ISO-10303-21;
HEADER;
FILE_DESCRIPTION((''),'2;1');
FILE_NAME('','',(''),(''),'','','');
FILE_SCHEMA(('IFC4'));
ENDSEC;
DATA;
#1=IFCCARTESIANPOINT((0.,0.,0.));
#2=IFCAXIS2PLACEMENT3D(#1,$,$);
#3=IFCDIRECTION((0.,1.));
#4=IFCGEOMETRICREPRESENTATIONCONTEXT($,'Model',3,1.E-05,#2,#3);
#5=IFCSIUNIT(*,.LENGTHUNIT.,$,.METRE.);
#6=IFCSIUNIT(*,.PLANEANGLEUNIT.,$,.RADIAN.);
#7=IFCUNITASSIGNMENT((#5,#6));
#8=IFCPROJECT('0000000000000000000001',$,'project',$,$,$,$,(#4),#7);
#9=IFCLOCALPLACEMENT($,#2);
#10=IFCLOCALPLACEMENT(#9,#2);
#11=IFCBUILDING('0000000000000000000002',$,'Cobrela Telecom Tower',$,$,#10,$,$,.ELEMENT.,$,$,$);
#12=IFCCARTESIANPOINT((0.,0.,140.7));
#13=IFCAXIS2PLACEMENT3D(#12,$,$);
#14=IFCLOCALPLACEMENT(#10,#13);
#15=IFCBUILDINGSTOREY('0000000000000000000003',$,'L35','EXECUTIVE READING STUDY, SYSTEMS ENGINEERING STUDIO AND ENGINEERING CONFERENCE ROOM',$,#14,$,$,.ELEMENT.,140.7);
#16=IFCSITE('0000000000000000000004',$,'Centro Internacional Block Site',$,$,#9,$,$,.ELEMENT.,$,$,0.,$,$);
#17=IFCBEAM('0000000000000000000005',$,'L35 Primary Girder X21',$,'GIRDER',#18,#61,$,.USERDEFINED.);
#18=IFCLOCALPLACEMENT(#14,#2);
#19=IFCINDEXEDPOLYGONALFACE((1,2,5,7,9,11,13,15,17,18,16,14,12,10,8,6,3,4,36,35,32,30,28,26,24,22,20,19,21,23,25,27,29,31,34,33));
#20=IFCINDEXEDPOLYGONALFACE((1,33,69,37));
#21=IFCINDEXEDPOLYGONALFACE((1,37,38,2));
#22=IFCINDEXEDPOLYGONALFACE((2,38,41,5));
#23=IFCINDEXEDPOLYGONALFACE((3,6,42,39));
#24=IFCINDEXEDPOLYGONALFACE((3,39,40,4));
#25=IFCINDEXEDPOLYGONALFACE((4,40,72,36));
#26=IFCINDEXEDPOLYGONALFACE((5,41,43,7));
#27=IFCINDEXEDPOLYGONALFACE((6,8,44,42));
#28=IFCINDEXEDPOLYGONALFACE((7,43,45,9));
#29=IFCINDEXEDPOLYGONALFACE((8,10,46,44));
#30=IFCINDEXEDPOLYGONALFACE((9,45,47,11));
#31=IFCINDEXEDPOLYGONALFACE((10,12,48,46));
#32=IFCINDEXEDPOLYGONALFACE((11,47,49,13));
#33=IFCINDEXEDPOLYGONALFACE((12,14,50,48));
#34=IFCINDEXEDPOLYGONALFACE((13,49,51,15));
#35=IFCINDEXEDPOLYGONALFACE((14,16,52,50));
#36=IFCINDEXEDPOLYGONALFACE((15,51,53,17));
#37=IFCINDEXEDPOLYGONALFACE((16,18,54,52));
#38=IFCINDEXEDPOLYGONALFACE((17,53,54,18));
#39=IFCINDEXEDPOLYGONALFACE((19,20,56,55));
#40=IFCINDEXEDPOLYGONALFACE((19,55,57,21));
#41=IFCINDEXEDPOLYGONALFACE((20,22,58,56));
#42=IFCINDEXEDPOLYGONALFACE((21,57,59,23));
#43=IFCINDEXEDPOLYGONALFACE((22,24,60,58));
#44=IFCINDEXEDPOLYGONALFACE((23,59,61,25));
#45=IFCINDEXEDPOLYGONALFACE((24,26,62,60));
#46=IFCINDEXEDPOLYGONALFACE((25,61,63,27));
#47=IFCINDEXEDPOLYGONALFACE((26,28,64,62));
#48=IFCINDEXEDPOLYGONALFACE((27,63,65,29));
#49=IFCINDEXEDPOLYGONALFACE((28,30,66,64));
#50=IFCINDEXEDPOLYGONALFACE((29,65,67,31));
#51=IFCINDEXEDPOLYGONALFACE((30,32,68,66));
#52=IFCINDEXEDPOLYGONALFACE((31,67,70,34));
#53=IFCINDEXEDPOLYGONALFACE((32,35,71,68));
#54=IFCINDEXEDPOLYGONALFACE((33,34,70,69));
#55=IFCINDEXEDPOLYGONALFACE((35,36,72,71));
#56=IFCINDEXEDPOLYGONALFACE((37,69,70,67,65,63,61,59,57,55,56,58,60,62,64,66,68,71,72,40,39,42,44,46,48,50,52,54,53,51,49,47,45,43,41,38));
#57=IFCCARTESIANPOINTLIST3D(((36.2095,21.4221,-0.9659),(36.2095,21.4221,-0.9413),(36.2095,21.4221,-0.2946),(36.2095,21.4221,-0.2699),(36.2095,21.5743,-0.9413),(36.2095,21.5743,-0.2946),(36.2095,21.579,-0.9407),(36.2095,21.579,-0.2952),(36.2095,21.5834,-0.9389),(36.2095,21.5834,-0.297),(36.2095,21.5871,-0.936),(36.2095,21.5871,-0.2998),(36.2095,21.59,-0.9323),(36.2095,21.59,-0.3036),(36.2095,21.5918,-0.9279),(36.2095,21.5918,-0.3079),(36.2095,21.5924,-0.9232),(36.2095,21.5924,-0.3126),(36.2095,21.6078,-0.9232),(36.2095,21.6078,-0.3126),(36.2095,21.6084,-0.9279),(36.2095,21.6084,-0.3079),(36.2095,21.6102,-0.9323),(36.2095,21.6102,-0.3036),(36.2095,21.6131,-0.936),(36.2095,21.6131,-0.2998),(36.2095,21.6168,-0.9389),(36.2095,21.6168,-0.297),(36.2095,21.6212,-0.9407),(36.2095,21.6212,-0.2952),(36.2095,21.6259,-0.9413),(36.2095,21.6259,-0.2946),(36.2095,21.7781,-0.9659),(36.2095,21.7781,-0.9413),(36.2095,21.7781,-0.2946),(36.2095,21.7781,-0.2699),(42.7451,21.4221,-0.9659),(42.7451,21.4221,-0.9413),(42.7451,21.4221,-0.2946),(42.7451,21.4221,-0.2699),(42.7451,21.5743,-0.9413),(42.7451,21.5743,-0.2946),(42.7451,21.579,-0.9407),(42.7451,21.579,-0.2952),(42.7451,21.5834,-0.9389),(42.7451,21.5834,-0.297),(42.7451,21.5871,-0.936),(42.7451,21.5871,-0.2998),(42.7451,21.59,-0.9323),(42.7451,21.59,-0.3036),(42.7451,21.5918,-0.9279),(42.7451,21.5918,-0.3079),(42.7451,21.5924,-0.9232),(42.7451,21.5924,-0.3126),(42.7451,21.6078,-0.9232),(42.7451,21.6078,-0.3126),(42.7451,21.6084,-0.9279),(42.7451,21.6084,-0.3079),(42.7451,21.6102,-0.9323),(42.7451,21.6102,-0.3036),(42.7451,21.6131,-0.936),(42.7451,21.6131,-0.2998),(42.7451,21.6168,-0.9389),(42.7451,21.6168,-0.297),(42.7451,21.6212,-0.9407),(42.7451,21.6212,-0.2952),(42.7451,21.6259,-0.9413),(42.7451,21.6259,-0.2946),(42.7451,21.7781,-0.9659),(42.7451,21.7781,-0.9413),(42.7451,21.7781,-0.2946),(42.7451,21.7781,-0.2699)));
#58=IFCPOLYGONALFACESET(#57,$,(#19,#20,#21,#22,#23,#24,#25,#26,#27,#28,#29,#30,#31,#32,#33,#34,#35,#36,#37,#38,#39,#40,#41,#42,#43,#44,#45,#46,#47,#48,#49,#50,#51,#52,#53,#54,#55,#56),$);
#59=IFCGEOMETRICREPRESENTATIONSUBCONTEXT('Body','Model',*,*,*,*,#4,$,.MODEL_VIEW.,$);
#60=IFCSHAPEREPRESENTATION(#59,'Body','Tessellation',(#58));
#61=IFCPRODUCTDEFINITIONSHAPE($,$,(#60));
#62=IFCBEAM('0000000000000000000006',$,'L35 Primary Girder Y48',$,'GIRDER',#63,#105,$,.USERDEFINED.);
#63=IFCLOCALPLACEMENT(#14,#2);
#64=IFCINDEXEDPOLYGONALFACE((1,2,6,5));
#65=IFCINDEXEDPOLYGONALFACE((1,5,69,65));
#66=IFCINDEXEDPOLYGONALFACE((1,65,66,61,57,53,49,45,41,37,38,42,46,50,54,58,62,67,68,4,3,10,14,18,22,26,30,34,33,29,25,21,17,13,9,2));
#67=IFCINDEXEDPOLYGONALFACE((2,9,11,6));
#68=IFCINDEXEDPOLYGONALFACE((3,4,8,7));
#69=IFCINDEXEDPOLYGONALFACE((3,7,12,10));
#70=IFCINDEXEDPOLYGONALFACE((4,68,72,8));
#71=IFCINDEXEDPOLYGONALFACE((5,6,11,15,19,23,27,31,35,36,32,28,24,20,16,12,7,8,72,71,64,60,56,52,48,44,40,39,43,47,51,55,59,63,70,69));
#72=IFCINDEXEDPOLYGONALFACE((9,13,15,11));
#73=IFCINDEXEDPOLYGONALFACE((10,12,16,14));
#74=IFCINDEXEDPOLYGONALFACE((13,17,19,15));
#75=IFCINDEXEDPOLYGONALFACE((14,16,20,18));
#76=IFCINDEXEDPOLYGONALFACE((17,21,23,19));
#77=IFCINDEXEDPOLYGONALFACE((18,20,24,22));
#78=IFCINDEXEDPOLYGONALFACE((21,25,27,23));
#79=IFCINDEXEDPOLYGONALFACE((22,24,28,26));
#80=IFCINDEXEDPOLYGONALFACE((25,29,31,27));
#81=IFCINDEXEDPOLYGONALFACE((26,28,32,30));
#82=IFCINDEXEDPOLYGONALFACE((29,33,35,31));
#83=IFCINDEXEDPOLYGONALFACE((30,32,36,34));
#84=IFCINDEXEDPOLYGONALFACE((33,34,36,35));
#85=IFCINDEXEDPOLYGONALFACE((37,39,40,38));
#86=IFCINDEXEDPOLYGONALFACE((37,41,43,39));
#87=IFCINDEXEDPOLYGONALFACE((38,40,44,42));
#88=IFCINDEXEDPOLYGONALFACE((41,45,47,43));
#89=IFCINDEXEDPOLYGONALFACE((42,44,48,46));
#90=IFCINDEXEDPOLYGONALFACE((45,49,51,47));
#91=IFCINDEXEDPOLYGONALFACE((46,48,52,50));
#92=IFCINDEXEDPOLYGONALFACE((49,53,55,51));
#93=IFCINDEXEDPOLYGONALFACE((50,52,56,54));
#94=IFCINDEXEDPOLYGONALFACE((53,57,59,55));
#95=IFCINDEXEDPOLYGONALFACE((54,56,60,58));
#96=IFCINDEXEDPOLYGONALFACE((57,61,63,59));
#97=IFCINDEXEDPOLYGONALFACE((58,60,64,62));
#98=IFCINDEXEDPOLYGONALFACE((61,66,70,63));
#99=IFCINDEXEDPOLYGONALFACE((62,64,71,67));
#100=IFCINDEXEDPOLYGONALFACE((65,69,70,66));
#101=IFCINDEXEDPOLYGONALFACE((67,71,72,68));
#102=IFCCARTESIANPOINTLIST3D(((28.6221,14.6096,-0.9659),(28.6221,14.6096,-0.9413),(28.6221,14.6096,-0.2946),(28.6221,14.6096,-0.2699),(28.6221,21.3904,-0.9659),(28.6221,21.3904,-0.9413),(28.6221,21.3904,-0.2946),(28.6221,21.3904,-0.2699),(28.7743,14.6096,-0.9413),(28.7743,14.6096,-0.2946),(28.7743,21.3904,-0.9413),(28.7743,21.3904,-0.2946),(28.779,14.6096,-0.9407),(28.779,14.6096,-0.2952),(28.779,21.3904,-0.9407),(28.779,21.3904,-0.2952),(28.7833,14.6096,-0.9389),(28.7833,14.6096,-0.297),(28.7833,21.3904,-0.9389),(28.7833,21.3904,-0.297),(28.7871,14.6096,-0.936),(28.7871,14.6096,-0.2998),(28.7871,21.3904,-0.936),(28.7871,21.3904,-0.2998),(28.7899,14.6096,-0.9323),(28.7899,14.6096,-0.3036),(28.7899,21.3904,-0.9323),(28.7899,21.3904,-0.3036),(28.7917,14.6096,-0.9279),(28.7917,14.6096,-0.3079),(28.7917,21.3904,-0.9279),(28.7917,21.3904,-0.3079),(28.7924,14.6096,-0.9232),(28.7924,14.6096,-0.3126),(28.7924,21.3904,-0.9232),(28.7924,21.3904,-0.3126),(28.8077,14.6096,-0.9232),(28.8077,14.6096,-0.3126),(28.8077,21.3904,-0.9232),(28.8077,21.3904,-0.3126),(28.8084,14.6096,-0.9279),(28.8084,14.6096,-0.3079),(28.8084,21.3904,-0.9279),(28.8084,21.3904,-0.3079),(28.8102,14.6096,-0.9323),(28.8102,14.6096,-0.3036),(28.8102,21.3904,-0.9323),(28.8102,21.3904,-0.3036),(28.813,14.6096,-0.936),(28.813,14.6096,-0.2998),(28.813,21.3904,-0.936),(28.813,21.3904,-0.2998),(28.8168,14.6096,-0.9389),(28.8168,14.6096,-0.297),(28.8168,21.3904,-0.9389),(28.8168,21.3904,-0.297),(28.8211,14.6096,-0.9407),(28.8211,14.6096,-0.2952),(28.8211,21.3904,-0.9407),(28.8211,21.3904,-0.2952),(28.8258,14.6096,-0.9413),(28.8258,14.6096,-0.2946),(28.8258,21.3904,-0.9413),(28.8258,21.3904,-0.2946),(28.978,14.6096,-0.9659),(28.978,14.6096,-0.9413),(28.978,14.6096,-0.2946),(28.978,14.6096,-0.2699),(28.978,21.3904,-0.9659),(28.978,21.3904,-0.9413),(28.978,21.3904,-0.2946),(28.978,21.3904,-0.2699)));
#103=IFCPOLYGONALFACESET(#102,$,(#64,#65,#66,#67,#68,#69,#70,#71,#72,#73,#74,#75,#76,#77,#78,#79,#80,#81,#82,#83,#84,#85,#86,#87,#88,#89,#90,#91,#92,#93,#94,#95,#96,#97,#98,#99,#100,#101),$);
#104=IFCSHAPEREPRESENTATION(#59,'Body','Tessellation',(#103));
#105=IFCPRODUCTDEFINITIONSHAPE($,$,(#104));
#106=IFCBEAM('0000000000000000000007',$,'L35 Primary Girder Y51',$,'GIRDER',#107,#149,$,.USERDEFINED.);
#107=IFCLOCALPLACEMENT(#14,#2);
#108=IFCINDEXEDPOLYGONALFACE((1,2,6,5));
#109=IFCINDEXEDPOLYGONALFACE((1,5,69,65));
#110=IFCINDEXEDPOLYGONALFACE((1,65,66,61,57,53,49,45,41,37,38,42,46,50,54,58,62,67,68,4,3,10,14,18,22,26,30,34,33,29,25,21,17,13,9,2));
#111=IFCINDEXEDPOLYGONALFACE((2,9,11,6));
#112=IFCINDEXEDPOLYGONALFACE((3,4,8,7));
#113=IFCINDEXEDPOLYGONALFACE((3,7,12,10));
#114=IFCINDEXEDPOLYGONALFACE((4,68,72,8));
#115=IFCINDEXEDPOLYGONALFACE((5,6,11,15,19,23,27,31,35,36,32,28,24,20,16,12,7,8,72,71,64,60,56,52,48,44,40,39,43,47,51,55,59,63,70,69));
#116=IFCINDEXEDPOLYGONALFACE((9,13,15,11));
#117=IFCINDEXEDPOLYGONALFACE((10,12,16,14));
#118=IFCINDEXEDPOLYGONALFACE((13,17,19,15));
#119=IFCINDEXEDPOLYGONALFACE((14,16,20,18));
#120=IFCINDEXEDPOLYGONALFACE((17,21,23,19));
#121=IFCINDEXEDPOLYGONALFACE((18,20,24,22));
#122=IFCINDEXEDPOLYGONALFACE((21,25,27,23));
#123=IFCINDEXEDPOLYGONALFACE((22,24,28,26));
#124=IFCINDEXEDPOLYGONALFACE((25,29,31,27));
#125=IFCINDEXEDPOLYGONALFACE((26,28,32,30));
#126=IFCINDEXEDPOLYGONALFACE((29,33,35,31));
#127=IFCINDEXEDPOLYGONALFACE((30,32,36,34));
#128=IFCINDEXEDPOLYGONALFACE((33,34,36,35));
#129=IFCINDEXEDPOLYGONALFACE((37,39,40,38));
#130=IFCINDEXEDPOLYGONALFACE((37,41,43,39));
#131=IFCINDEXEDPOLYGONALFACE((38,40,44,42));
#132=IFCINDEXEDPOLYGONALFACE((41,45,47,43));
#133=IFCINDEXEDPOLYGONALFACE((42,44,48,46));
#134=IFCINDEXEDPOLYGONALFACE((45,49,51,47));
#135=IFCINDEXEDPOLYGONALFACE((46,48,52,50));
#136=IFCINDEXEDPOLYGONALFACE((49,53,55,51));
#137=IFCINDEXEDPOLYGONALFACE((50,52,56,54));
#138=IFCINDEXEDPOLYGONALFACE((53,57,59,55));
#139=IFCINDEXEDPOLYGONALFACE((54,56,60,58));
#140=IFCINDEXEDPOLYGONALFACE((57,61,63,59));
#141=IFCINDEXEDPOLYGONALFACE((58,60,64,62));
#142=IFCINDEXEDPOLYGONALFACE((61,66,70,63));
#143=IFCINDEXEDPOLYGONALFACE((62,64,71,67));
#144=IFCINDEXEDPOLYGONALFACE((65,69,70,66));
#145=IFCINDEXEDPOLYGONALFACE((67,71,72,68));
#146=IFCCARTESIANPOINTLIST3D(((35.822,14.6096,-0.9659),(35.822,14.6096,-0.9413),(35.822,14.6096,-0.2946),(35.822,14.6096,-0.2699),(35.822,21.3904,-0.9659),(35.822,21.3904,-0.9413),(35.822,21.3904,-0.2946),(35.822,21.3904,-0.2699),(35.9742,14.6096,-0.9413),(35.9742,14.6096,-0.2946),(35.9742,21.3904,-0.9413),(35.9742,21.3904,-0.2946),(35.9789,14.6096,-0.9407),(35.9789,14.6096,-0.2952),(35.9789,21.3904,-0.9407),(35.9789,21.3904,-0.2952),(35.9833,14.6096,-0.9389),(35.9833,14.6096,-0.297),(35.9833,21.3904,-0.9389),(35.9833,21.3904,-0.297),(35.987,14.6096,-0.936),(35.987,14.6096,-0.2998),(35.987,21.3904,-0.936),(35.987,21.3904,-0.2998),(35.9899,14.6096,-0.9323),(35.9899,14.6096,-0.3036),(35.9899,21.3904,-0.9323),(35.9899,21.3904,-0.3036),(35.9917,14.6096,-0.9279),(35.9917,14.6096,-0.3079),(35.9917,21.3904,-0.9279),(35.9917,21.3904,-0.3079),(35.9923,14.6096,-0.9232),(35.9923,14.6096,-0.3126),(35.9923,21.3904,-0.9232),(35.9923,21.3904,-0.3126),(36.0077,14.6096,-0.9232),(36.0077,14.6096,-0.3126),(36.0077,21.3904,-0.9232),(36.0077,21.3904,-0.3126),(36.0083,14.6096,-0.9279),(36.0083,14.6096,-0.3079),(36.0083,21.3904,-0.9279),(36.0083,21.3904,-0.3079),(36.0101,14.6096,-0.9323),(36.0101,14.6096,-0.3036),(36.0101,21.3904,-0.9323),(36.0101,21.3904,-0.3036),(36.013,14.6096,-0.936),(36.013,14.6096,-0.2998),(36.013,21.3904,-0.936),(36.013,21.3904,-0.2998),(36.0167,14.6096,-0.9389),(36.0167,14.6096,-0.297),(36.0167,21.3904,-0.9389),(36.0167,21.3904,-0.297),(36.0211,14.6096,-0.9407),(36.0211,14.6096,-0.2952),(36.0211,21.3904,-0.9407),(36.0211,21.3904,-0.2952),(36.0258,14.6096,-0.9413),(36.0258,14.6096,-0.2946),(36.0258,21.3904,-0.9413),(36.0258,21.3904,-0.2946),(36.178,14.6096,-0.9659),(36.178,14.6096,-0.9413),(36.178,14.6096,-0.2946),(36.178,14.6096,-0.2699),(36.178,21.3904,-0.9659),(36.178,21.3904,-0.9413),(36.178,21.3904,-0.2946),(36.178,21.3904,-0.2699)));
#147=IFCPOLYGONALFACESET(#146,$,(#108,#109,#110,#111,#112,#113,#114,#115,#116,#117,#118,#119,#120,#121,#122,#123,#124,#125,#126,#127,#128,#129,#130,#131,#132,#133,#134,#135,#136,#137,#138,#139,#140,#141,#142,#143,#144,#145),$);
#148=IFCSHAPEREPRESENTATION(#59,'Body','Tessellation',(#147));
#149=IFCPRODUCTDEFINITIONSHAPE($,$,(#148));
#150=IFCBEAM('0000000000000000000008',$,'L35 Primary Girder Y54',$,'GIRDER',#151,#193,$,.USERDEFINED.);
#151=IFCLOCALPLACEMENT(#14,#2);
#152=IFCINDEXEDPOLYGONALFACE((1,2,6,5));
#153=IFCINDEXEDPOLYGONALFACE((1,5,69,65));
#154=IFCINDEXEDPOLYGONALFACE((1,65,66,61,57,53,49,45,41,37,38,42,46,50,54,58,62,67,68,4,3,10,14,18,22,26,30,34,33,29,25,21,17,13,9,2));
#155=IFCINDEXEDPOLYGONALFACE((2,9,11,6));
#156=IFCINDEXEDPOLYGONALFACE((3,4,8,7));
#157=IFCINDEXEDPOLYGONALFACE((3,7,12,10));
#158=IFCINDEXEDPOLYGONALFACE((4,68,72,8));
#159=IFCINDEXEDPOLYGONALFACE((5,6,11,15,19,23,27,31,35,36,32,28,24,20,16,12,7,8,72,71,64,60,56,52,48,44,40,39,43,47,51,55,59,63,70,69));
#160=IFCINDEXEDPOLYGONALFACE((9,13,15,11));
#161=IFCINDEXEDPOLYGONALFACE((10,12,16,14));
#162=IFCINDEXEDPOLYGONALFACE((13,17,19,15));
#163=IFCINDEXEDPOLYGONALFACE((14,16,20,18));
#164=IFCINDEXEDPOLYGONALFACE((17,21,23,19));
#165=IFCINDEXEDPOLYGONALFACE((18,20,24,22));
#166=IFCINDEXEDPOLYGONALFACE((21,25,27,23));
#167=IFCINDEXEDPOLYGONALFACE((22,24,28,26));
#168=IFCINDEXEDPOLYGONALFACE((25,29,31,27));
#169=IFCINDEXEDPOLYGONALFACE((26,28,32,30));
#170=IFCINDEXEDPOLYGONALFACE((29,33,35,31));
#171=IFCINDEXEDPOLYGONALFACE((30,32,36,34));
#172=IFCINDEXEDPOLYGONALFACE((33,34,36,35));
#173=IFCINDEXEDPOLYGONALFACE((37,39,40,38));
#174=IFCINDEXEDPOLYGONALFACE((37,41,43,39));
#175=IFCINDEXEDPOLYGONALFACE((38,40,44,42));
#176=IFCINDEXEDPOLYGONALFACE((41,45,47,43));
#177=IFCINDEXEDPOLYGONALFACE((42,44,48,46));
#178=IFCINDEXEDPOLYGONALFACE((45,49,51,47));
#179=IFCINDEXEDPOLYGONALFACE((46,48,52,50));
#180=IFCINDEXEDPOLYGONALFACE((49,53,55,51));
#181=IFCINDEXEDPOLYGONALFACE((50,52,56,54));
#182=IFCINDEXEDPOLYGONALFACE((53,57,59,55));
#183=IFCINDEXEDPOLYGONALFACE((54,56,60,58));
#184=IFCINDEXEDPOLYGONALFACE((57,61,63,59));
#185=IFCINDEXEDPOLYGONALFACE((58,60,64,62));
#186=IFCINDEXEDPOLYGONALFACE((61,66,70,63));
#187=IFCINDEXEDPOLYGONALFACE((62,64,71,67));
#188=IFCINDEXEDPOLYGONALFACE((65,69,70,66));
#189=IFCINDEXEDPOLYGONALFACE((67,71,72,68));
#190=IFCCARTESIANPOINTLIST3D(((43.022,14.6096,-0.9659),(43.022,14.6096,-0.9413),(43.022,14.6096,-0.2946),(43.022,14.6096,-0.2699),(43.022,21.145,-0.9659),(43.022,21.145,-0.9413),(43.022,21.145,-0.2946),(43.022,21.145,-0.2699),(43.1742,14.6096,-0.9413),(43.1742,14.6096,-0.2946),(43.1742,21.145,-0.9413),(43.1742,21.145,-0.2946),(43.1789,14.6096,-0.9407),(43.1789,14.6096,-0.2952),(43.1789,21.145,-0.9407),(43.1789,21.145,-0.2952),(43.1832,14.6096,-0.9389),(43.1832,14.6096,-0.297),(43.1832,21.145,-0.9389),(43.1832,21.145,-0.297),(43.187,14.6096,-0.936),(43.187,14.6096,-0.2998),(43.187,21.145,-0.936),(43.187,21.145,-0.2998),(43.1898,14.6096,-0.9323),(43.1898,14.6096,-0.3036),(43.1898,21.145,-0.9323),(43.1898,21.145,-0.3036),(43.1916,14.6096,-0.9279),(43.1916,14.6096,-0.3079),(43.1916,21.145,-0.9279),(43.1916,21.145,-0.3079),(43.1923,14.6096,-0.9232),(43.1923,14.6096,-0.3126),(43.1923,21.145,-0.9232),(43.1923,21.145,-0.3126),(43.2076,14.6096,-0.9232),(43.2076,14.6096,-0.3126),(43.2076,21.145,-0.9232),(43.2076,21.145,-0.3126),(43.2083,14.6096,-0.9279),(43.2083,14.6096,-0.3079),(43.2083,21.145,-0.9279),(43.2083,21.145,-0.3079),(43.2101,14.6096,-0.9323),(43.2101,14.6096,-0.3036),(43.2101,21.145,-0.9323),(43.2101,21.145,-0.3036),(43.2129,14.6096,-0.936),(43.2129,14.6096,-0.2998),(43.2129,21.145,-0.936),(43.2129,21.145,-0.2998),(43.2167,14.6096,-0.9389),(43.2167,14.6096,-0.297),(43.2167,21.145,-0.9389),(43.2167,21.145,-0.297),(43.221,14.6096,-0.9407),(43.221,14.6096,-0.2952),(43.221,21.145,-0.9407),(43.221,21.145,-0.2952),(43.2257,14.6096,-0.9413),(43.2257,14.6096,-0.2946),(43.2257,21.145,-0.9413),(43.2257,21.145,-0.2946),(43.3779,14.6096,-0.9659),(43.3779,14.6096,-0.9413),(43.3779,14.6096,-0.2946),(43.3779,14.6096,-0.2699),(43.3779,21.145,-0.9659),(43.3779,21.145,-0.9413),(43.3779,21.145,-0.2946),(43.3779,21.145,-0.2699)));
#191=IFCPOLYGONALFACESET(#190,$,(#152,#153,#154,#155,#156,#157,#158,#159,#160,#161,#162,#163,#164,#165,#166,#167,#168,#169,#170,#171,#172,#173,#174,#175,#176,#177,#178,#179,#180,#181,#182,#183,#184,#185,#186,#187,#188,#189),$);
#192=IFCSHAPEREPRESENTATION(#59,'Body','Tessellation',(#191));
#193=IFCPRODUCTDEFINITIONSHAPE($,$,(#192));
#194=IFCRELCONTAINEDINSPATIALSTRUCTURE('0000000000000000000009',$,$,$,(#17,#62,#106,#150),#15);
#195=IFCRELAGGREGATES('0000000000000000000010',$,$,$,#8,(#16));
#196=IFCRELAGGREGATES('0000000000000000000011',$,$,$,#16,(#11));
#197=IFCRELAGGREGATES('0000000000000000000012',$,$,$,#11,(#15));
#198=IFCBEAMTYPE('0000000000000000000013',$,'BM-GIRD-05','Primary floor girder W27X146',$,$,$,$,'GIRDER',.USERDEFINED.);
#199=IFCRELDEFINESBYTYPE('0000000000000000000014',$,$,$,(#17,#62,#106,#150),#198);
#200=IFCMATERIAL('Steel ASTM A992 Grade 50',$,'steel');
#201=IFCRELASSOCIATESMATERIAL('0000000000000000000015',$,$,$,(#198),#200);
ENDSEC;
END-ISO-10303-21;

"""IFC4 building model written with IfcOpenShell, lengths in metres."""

from ifc_helpers import new_model, si_unit, direction, frame, origin, origin_2d, place, context, subcontext, project, spatial, i_section, extrude, material, material_profile, profile_set, type_object, element, save


model = new_model("IFC4")

# Units and contexts
model_context = context("Model", 3, precision=1e-05, world=origin(), true_north=direction((0.0, 1.0)))
body_context = subcontext(model_context, "Body", "Model", "MODEL_VIEW")
ifc_project = project(units=[si_unit("LENGTHUNIT", "METRE"), si_unit("PLANEANGLEUNIT", "RADIAN")], contexts=[model_context])

# Site, building, storey
site_placement = place(None, origin())
site = spatial("IfcSite", under=ifc_project, at=site_placement, Name="Centro Internacional Block Site", CompositionType="ELEMENT", RefElevation=0.0)
building_placement = place(site_placement, origin())
building = spatial("IfcBuilding", under=site, at=building_placement, Name="Cobrela Telecom Tower", CompositionType="ELEMENT")
storey_placement = place(building_placement, frame((0.0, 0.0, 140.7)))
storey = spatial("IfcBuildingStorey", under=building, at=storey_placement, Name="L35", Description="EXECUTIVE READING STUDY, SYSTEMS ENGINEERING STUDIO AND ENGINEERING CONFERENCE ROOM", CompositionType="ELEMENT", Elevation=140.7)

# Shared definitions
ifc_material_1 = material(Name="Steel ASTM A992 Grade 50", Category="steel")

# Beams
ifc_material_profile_1 = material_profile(ifc_material_1, i_section(OverallWidth=0.356, OverallDepth=0.696, WebThickness=0.0154, FlangeThickness=0.0247, FilletRadius=0.0181, at=origin_2d()), Name="W27X146")
ifc_profile_set_1 = profile_set([ifc_material_profile_1], Name="Steel ASTM A992 Grade 50")
beam_type_1 = type_object("IfcBeamType", Name="BM-GIRD-05", Description="Primary floor girder W27X146", ElementType="GIRDER", PredefinedType="USERDEFINED", material=ifc_profile_set_1)
beam_1_placement = place(storey_placement, frame((36.2095, 21.6001, -0.6179), z_axis=(1.0, 0.0, 0.0), x_axis=(0.0, 1.0, 0.0)))
element("IfcBeam", 1, at=beam_1_placement, inside=storey, type_object=beam_type_1, Name="L35 Primary Girder X21", ObjectType="GIRDER", PredefinedType="USERDEFINED", context=body_context, shape_type="SweptSolid", body=[
    extrude(i_section(OverallWidth=0.356, OverallDepth=0.696, WebThickness=0.0154, FlangeThickness=0.0247, FilletRadius=0.0181, at=origin_2d()), origin(), (0.0, 0.0, 1.0), 6.5356),
])
for number, where, z_axis, x_axis, name in (
    (2, (28.8, 14.6096, -0.6179), (0.0, 1.0, 0.0), (-1.0, 0.0, 0.0), "L35 Primary Girder Y48"),
    (3, (36.0, 14.6096, -0.6179), (0.0, 1.0, 0.0), (-1.0, 0.0, 0.0), "L35 Primary Girder Y51"),
):
    element("IfcBeam", number, at=place(storey_placement, frame(where, z_axis=z_axis, x_axis=x_axis)), inside=storey, type_object=beam_type_1, Name=name, ObjectType="GIRDER", PredefinedType="USERDEFINED", context=body_context, shape_type="SweptSolid", body=[
        extrude(i_section(OverallWidth=0.356, OverallDepth=0.696, WebThickness=0.0154, FlangeThickness=0.0247, FilletRadius=0.0181, at=origin_2d()), origin(), (0.0, 0.0, 1.0), 6.7808),
    ])
beam_2_placement = place(storey_placement, frame((43.2, 14.6096, -0.6179), z_axis=(0.0, 1.0, 0.0), x_axis=(-1.0, 0.0, 0.0)))
element("IfcBeam", 4, at=beam_2_placement, inside=storey, type_object=beam_type_1, Name="L35 Primary Girder Y54", ObjectType="GIRDER", PredefinedType="USERDEFINED", context=body_context, shape_type="SweptSolid", body=[
    extrude(i_section(OverallWidth=0.356, OverallDepth=0.696, WebThickness=0.0154, FlangeThickness=0.0247, FilletRadius=0.0181, at=origin_2d()), origin(), (0.0, 0.0, 1.0), 6.5354),
])

save(model, "model.ifc")
